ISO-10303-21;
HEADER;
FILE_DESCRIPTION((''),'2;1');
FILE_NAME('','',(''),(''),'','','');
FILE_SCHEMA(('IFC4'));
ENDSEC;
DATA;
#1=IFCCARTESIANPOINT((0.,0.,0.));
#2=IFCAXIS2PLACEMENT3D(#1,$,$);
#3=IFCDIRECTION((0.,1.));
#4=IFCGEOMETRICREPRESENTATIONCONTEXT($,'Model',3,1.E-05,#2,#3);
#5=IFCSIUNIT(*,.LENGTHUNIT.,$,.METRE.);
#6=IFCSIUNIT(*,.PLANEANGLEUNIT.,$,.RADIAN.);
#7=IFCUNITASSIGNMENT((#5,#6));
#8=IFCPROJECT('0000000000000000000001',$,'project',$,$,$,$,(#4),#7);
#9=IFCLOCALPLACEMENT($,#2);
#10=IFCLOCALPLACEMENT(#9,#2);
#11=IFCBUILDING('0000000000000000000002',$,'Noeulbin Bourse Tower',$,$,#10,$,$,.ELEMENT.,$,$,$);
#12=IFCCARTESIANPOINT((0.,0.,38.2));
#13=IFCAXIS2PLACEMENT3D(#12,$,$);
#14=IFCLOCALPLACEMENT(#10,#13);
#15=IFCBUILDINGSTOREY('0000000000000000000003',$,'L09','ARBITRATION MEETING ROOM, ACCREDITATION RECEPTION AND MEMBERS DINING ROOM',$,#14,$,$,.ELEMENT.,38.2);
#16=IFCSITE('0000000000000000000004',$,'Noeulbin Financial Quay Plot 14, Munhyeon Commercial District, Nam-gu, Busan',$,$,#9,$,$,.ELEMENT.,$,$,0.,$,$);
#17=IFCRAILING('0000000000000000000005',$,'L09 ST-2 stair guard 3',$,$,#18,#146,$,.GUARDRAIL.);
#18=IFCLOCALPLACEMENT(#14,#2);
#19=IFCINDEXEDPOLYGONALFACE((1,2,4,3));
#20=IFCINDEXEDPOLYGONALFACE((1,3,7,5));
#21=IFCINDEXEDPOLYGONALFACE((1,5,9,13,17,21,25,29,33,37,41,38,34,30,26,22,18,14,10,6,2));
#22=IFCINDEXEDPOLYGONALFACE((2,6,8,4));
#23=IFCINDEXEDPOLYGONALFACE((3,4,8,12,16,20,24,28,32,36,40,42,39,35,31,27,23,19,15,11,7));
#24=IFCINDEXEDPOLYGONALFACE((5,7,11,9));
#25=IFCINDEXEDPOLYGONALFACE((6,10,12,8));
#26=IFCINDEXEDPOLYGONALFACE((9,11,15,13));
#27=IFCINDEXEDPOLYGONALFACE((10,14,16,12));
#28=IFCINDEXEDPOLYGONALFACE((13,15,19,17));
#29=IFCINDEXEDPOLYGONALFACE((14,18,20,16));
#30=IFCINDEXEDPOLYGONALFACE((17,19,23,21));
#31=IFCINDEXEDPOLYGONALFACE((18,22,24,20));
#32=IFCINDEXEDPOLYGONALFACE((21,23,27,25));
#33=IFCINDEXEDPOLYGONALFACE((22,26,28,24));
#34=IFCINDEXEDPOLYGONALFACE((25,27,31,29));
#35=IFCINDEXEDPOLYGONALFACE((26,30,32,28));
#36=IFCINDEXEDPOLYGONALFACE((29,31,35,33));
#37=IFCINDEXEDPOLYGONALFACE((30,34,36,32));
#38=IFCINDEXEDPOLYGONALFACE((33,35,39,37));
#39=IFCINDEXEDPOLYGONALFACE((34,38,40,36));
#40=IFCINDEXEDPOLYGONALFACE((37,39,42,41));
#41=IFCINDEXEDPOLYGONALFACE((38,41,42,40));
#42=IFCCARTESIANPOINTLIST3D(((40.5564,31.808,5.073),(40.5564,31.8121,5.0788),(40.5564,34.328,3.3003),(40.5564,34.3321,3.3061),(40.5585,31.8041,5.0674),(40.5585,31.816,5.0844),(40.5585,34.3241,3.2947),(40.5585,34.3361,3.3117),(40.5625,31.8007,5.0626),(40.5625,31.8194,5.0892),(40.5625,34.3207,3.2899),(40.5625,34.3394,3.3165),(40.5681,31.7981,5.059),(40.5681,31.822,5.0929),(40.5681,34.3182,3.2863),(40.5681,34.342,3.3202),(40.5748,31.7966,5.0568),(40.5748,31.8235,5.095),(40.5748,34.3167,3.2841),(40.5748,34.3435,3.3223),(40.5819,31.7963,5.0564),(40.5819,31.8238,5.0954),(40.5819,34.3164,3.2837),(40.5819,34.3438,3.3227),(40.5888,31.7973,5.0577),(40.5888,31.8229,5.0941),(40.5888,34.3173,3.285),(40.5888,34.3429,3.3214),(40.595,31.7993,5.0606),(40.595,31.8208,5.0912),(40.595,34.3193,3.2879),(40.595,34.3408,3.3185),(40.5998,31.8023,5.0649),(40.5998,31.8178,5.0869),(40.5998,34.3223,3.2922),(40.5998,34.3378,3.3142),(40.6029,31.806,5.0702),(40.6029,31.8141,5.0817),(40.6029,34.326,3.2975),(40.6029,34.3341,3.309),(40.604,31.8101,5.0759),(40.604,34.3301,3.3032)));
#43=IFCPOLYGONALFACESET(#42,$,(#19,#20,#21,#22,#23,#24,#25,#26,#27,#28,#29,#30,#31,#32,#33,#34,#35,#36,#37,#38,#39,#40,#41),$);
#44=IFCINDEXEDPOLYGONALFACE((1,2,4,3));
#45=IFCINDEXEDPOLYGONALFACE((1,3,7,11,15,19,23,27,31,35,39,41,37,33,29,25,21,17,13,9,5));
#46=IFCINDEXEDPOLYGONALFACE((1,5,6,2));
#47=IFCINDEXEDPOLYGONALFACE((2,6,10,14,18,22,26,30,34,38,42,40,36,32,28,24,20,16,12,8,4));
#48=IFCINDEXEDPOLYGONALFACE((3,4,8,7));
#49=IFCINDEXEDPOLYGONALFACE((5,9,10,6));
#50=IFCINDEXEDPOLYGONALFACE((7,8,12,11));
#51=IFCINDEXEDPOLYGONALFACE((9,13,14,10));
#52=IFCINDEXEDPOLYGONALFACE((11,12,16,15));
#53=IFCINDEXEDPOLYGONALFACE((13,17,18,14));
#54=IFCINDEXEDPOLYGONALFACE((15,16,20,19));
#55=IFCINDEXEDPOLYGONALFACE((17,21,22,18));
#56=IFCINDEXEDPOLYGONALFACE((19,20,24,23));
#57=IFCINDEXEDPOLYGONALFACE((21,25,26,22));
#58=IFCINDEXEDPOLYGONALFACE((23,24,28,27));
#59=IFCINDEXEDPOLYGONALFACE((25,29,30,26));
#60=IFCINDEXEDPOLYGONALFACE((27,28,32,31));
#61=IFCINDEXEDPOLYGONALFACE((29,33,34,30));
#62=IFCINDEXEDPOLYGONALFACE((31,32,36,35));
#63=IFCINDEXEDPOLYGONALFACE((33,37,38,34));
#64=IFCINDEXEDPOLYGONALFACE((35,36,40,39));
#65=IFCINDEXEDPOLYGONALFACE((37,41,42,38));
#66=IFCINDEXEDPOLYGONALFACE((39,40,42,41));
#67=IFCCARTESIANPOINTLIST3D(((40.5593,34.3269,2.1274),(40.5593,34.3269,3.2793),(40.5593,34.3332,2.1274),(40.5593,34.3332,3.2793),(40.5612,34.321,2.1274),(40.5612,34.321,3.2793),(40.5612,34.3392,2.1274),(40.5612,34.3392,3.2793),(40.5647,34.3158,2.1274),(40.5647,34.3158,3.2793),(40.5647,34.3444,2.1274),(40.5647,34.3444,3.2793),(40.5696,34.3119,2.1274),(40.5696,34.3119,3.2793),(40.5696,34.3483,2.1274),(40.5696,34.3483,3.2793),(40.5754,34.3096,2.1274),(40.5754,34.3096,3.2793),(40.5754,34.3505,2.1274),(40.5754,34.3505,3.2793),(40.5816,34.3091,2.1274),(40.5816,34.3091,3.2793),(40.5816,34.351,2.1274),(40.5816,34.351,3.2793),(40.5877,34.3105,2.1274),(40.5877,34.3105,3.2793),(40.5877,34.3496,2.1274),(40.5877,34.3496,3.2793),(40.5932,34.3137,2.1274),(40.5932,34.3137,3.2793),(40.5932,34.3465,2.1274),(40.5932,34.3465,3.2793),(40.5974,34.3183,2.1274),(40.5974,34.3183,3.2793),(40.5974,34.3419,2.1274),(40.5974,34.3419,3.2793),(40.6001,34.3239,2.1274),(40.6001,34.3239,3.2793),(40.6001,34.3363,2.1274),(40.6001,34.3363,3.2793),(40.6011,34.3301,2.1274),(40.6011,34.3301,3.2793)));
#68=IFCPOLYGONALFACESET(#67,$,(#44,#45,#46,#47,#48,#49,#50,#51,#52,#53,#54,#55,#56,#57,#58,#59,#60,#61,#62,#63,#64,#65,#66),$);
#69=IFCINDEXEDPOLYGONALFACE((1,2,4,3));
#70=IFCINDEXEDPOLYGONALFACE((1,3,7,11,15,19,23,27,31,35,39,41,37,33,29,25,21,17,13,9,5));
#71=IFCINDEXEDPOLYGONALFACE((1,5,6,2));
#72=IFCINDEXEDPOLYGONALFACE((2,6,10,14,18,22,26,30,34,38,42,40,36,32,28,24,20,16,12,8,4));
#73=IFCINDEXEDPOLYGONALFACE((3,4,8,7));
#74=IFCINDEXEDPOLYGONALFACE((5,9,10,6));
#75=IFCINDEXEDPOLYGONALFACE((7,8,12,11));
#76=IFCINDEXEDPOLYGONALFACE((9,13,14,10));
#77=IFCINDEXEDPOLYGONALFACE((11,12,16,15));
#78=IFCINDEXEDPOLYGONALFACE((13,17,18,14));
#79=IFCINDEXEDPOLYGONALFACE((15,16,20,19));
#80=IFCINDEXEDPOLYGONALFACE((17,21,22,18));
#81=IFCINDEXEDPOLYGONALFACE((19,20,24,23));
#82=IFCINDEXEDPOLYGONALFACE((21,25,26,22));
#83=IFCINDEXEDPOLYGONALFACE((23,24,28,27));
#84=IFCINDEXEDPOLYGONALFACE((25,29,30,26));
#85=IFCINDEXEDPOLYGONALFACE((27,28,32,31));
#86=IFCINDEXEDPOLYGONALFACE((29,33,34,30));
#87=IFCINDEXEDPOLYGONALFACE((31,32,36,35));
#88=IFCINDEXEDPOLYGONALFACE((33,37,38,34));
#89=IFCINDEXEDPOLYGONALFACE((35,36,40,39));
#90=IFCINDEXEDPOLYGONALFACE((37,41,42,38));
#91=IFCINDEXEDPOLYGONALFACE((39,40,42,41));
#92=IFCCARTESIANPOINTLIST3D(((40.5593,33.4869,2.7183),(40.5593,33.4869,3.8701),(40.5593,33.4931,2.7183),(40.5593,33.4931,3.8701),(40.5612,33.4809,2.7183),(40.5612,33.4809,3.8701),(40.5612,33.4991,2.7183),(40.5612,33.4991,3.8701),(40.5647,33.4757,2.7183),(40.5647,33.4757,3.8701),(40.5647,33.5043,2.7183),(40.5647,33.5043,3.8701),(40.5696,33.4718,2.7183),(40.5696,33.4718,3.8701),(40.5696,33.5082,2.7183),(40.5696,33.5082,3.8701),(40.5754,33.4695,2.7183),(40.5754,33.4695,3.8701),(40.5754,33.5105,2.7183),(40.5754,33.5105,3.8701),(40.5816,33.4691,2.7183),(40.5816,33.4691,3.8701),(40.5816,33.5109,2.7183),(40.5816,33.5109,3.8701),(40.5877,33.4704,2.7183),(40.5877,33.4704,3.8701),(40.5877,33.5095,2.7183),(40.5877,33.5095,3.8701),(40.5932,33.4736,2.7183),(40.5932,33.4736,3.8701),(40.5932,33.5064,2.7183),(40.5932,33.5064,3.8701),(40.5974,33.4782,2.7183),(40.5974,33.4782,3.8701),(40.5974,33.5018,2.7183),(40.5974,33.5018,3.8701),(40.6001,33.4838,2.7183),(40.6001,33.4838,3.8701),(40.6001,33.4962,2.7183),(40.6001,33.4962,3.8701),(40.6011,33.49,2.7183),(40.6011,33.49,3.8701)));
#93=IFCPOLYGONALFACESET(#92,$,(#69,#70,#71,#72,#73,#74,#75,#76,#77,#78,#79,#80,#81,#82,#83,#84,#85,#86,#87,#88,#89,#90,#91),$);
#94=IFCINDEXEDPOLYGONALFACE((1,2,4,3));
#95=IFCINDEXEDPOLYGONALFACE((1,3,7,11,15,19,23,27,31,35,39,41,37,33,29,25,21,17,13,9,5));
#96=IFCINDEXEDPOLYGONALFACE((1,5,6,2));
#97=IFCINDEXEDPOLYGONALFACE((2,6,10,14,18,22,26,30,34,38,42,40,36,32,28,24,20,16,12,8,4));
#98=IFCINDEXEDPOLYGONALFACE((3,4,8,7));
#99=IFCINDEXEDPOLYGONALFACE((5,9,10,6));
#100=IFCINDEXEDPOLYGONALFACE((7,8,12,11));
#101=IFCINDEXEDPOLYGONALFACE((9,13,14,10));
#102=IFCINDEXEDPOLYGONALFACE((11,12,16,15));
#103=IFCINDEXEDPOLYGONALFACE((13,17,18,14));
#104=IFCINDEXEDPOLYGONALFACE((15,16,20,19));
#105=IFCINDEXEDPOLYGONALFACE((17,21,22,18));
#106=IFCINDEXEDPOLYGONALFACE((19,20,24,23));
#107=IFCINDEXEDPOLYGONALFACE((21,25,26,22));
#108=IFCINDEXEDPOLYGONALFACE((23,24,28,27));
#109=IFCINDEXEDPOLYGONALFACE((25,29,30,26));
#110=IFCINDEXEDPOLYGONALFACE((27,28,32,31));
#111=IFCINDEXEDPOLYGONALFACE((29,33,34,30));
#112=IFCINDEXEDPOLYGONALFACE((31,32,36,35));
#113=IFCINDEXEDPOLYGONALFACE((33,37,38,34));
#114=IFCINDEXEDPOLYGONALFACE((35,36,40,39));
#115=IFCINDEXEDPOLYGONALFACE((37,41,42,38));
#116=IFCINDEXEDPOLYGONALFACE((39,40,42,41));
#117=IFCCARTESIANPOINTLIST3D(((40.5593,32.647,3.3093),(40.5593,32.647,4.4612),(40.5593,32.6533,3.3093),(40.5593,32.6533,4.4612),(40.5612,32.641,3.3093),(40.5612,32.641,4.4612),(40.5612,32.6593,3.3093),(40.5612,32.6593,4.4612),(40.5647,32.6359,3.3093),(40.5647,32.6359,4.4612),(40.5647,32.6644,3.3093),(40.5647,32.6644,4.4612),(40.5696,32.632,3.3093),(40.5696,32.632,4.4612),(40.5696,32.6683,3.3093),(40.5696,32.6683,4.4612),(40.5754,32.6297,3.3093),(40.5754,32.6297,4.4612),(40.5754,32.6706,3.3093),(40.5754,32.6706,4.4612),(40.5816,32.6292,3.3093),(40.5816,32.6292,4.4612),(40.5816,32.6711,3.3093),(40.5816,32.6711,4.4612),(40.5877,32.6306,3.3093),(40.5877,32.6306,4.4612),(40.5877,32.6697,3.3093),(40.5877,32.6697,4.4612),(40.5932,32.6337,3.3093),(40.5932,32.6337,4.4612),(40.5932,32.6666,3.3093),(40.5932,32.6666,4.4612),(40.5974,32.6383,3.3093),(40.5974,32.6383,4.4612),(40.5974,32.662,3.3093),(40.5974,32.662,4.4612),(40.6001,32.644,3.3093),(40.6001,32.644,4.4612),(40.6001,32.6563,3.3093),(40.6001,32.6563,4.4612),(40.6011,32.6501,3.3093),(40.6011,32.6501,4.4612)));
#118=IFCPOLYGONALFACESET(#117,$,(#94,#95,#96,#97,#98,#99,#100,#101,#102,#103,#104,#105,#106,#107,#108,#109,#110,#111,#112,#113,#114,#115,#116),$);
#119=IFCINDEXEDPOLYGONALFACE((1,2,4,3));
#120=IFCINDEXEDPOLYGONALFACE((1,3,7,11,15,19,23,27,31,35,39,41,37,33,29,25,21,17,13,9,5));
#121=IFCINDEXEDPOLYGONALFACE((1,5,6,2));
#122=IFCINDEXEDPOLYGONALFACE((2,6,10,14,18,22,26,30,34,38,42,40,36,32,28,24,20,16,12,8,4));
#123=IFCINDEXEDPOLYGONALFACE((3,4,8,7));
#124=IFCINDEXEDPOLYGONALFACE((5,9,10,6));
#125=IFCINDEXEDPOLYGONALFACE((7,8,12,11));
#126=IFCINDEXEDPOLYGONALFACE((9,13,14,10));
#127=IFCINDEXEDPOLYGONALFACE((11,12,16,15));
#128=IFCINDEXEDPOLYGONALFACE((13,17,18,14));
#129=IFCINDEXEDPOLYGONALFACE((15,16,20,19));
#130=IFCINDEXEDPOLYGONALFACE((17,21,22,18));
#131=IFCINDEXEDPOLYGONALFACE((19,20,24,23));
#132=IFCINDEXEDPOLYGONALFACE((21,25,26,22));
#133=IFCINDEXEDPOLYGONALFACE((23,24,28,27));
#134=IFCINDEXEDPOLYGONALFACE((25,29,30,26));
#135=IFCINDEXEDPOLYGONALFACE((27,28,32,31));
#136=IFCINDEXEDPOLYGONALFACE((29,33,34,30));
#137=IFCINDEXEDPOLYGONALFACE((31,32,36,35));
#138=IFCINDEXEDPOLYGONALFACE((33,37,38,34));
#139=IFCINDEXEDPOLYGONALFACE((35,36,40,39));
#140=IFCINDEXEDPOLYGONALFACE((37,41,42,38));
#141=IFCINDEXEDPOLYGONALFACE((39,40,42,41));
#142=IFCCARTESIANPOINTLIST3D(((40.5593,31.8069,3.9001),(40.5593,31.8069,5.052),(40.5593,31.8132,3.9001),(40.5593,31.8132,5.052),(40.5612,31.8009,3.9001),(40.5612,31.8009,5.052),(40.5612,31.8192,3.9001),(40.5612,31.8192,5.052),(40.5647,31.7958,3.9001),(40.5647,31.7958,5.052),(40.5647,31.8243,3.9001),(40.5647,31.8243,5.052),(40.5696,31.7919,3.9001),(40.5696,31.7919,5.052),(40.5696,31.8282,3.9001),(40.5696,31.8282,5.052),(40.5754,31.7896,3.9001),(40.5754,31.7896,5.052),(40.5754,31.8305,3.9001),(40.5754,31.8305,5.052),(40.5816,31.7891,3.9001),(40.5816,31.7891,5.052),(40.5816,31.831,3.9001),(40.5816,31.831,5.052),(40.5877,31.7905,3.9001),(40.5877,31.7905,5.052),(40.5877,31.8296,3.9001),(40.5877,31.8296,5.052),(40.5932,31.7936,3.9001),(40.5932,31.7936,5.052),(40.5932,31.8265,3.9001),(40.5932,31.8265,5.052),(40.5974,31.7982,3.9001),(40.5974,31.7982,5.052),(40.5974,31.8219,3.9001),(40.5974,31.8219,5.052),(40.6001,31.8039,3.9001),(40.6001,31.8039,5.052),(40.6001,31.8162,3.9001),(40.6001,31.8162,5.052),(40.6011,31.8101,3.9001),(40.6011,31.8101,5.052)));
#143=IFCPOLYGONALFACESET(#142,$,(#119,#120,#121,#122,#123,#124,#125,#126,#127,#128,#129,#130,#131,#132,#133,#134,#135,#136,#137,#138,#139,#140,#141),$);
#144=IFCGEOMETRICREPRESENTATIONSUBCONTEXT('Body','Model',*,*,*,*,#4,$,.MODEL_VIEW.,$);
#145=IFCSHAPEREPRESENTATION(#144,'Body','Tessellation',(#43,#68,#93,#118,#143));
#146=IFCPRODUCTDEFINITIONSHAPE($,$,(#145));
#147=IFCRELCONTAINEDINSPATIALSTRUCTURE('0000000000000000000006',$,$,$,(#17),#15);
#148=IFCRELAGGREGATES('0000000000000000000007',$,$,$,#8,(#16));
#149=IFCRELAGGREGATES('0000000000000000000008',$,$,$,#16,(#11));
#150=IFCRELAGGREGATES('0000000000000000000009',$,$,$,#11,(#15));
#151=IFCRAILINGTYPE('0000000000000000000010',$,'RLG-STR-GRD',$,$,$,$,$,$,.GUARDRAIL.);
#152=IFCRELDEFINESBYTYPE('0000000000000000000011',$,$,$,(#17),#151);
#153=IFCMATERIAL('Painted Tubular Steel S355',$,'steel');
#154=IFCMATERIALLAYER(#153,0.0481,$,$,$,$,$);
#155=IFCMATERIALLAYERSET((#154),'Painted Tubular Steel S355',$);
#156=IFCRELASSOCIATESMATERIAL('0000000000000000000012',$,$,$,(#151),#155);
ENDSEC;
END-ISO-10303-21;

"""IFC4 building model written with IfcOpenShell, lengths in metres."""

from ifc_helpers import new_model, si_unit, direction, frame, origin, origin_2d, place, context, subcontext, project, spatial, circle, extrude, material, layer, layer_set, type_object, element, save


model = new_model("IFC4")

# Units and contexts
model_context = context("Model", 3, precision=1e-05, world=origin(), true_north=direction((0.0, 1.0)))
body_context = subcontext(model_context, "Body", "Model", "MODEL_VIEW")
ifc_project = project(units=[si_unit("LENGTHUNIT", "METRE"), si_unit("PLANEANGLEUNIT", "RADIAN")], contexts=[model_context])

# Site, building, storey
site_placement = place(None, origin())
site = spatial("IfcSite", under=ifc_project, at=site_placement, Name="Noeulbin Financial Quay Plot 14, Munhyeon Commercial District, Nam-gu, Busan", CompositionType="ELEMENT", RefElevation=0.0)
building_placement = place(site_placement, origin())
building = spatial("IfcBuilding", under=site, at=building_placement, Name="Noeulbin Bourse Tower", CompositionType="ELEMENT")
storey_placement = place(building_placement, frame((0.0, 0.0, 38.2)))
storey = spatial("IfcBuildingStorey", under=building, at=storey_placement, Name="L09", Description="ARBITRATION MEETING ROOM, ACCREDITATION RECEPTION AND MEMBERS DINING ROOM", CompositionType="ELEMENT", Elevation=38.2)

# Railing
ifc_material_1 = material(Name="Painted Tubular Steel S355", Category="steel")
ifc_layer_1 = layer(ifc_material_1, 0.0481)
ifc_layer_set_1 = layer_set([ifc_layer_1], Name="Painted Tubular Steel S355")
railing_type_1 = type_object("IfcRailingType", Name="RLG-STR-GRD", PredefinedType="GUARDRAIL", material=ifc_layer_set_1)
railing_1_placement = place(storey_placement, frame((40.5801, 34.3301, 2.1274)))
element("IfcRailing", 1, at=railing_1_placement, inside=storey, type_object=railing_type_1, Name="L09 ST-2 stair guard 3", PredefinedType="GUARDRAIL", context=body_context, shape_type="SweptSolid", body=[
    extrude(circle(Radius=0.0239, at=origin_2d()), frame((0.0, 0.0, 1.1758), z_axis=(0.0, -0.817904, 0.575354), x_axis=(1.0, 0.0, 0.0)), (0.0, 0.0, 1.0), 3.0811),
    extrude(circle(Radius=0.021, at=origin_2d()), origin(), (0.0, 0.0, 1.0), 1.1519),
    extrude(circle(Radius=0.021, at=origin_2d()), frame((0.0, -0.8401, 0.5908)), (0.0, 0.0, 1.0), 1.1519),
    extrude(circle(Radius=0.021, at=origin_2d()), frame((0.0, -1.6799, 1.1819)), (0.0, 0.0, 1.0), 1.1519),
    extrude(circle(Radius=0.021, at=origin_2d()), frame((0.0, -2.52, 1.7727)), (0.0, 0.0, 1.0), 1.1519),
])

save(model, "model.ifc")
